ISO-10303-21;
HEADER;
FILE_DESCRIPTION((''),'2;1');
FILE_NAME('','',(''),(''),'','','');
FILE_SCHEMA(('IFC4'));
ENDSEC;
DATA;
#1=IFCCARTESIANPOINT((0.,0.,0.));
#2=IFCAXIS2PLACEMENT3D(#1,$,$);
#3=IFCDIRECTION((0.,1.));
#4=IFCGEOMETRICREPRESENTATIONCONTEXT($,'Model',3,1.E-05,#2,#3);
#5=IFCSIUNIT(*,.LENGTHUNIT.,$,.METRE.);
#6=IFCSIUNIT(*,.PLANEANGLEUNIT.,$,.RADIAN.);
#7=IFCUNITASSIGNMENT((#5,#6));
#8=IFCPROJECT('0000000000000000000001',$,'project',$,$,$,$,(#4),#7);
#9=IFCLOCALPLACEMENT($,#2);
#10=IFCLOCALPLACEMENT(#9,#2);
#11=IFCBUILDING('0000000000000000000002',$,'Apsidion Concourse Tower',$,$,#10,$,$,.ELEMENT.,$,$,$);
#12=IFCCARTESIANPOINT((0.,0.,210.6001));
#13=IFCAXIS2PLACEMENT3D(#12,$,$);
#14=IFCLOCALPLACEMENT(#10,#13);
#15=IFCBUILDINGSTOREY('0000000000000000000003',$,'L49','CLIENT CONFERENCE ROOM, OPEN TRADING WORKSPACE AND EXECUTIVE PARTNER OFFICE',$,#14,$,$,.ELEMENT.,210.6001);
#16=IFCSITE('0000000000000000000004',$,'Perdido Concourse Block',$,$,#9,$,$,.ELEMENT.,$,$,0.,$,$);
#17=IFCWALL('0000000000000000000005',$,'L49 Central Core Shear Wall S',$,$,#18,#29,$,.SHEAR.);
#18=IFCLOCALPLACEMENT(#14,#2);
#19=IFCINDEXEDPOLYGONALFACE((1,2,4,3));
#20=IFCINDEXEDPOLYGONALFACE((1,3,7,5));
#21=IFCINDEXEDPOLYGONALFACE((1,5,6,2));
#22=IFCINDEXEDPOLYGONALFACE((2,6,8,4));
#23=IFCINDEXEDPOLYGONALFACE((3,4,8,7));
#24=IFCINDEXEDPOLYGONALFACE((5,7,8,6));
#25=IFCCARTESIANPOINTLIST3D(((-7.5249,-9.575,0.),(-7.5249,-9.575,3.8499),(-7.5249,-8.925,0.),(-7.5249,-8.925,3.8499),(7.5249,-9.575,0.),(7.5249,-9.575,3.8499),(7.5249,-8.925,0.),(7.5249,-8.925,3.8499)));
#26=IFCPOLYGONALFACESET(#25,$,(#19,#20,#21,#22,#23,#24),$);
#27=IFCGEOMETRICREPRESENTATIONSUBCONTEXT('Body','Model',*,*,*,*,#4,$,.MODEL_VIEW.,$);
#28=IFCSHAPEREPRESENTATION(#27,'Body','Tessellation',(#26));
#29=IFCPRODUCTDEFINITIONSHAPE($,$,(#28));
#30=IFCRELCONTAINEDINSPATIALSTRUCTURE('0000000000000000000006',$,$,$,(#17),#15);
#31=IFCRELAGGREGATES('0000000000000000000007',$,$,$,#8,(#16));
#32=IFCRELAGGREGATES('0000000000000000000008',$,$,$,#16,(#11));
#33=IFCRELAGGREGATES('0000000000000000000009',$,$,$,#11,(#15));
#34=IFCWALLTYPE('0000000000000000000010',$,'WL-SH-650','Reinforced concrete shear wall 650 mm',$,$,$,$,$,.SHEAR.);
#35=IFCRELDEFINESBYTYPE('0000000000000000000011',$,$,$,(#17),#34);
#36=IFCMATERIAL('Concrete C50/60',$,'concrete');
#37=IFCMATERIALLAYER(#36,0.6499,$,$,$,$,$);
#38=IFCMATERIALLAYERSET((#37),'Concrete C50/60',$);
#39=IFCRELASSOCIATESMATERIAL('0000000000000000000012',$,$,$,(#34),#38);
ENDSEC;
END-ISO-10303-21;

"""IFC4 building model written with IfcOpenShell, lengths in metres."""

from ifc_helpers import new_model, si_unit, direction, frame, frame_2d, origin, place, context, subcontext, project, spatial, rectangle, extrude, material, layer, layer_set, type_object, element, save


model = new_model("IFC4")

# Units and contexts
model_context = context("Model", 3, precision=1e-05, world=origin(), true_north=direction((0.0, 1.0)))
body_context = subcontext(model_context, "Body", "Model", "MODEL_VIEW")
ifc_project = project(units=[si_unit("LENGTHUNIT", "METRE"), si_unit("PLANEANGLEUNIT", "RADIAN")], contexts=[model_context])

# Site, building, storey
site_placement = place(None, origin())
site = spatial("IfcSite", under=ifc_project, at=site_placement, Name="Perdido Concourse Block", CompositionType="ELEMENT", RefElevation=0.0)
building_placement = place(site_placement, origin())
building = spatial("IfcBuilding", under=site, at=building_placement, Name="Apsidion Concourse Tower", CompositionType="ELEMENT")
storey_placement = place(building_placement, frame((0.0, 0.0, 210.6001)))
storey = spatial("IfcBuildingStorey", under=building, at=storey_placement, Name="L49", Description="CLIENT CONFERENCE ROOM, OPEN TRADING WORKSPACE AND EXECUTIVE PARTNER OFFICE", CompositionType="ELEMENT", Elevation=210.6001)

# Shared definitions
ifc_material_1 = material(Name="Concrete C50/60", Category="concrete")

# Wall
ifc_layer_1 = layer(ifc_material_1, 0.6499)
ifc_layer_set_1 = layer_set([ifc_layer_1], Name="Concrete C50/60")
wall_type_1 = type_object("IfcWallType", Name="WL-SH-650", Description="Reinforced concrete shear wall 650 mm", PredefinedType="SHEAR", material=ifc_layer_set_1)
wall_1_placement = place(storey_placement, frame((-7.5249, -9.25, 0.0), z_axis=(0.0, 0.0, 1.0), x_axis=(1.0, 0.0, 0.0)))
element("IfcWall", 1, at=wall_1_placement, inside=storey, type_object=wall_type_1, Name="L49 Central Core Shear Wall S", PredefinedType="SHEAR", context=body_context, shape_type="SweptSolid", body=[
    extrude(rectangle(XDim=15.0498, YDim=0.6499, at=frame_2d((7.5249, 0.0))), origin(), (0.0, 0.0, 1.0), 3.8499),
])

save(model, "model.ifc")
